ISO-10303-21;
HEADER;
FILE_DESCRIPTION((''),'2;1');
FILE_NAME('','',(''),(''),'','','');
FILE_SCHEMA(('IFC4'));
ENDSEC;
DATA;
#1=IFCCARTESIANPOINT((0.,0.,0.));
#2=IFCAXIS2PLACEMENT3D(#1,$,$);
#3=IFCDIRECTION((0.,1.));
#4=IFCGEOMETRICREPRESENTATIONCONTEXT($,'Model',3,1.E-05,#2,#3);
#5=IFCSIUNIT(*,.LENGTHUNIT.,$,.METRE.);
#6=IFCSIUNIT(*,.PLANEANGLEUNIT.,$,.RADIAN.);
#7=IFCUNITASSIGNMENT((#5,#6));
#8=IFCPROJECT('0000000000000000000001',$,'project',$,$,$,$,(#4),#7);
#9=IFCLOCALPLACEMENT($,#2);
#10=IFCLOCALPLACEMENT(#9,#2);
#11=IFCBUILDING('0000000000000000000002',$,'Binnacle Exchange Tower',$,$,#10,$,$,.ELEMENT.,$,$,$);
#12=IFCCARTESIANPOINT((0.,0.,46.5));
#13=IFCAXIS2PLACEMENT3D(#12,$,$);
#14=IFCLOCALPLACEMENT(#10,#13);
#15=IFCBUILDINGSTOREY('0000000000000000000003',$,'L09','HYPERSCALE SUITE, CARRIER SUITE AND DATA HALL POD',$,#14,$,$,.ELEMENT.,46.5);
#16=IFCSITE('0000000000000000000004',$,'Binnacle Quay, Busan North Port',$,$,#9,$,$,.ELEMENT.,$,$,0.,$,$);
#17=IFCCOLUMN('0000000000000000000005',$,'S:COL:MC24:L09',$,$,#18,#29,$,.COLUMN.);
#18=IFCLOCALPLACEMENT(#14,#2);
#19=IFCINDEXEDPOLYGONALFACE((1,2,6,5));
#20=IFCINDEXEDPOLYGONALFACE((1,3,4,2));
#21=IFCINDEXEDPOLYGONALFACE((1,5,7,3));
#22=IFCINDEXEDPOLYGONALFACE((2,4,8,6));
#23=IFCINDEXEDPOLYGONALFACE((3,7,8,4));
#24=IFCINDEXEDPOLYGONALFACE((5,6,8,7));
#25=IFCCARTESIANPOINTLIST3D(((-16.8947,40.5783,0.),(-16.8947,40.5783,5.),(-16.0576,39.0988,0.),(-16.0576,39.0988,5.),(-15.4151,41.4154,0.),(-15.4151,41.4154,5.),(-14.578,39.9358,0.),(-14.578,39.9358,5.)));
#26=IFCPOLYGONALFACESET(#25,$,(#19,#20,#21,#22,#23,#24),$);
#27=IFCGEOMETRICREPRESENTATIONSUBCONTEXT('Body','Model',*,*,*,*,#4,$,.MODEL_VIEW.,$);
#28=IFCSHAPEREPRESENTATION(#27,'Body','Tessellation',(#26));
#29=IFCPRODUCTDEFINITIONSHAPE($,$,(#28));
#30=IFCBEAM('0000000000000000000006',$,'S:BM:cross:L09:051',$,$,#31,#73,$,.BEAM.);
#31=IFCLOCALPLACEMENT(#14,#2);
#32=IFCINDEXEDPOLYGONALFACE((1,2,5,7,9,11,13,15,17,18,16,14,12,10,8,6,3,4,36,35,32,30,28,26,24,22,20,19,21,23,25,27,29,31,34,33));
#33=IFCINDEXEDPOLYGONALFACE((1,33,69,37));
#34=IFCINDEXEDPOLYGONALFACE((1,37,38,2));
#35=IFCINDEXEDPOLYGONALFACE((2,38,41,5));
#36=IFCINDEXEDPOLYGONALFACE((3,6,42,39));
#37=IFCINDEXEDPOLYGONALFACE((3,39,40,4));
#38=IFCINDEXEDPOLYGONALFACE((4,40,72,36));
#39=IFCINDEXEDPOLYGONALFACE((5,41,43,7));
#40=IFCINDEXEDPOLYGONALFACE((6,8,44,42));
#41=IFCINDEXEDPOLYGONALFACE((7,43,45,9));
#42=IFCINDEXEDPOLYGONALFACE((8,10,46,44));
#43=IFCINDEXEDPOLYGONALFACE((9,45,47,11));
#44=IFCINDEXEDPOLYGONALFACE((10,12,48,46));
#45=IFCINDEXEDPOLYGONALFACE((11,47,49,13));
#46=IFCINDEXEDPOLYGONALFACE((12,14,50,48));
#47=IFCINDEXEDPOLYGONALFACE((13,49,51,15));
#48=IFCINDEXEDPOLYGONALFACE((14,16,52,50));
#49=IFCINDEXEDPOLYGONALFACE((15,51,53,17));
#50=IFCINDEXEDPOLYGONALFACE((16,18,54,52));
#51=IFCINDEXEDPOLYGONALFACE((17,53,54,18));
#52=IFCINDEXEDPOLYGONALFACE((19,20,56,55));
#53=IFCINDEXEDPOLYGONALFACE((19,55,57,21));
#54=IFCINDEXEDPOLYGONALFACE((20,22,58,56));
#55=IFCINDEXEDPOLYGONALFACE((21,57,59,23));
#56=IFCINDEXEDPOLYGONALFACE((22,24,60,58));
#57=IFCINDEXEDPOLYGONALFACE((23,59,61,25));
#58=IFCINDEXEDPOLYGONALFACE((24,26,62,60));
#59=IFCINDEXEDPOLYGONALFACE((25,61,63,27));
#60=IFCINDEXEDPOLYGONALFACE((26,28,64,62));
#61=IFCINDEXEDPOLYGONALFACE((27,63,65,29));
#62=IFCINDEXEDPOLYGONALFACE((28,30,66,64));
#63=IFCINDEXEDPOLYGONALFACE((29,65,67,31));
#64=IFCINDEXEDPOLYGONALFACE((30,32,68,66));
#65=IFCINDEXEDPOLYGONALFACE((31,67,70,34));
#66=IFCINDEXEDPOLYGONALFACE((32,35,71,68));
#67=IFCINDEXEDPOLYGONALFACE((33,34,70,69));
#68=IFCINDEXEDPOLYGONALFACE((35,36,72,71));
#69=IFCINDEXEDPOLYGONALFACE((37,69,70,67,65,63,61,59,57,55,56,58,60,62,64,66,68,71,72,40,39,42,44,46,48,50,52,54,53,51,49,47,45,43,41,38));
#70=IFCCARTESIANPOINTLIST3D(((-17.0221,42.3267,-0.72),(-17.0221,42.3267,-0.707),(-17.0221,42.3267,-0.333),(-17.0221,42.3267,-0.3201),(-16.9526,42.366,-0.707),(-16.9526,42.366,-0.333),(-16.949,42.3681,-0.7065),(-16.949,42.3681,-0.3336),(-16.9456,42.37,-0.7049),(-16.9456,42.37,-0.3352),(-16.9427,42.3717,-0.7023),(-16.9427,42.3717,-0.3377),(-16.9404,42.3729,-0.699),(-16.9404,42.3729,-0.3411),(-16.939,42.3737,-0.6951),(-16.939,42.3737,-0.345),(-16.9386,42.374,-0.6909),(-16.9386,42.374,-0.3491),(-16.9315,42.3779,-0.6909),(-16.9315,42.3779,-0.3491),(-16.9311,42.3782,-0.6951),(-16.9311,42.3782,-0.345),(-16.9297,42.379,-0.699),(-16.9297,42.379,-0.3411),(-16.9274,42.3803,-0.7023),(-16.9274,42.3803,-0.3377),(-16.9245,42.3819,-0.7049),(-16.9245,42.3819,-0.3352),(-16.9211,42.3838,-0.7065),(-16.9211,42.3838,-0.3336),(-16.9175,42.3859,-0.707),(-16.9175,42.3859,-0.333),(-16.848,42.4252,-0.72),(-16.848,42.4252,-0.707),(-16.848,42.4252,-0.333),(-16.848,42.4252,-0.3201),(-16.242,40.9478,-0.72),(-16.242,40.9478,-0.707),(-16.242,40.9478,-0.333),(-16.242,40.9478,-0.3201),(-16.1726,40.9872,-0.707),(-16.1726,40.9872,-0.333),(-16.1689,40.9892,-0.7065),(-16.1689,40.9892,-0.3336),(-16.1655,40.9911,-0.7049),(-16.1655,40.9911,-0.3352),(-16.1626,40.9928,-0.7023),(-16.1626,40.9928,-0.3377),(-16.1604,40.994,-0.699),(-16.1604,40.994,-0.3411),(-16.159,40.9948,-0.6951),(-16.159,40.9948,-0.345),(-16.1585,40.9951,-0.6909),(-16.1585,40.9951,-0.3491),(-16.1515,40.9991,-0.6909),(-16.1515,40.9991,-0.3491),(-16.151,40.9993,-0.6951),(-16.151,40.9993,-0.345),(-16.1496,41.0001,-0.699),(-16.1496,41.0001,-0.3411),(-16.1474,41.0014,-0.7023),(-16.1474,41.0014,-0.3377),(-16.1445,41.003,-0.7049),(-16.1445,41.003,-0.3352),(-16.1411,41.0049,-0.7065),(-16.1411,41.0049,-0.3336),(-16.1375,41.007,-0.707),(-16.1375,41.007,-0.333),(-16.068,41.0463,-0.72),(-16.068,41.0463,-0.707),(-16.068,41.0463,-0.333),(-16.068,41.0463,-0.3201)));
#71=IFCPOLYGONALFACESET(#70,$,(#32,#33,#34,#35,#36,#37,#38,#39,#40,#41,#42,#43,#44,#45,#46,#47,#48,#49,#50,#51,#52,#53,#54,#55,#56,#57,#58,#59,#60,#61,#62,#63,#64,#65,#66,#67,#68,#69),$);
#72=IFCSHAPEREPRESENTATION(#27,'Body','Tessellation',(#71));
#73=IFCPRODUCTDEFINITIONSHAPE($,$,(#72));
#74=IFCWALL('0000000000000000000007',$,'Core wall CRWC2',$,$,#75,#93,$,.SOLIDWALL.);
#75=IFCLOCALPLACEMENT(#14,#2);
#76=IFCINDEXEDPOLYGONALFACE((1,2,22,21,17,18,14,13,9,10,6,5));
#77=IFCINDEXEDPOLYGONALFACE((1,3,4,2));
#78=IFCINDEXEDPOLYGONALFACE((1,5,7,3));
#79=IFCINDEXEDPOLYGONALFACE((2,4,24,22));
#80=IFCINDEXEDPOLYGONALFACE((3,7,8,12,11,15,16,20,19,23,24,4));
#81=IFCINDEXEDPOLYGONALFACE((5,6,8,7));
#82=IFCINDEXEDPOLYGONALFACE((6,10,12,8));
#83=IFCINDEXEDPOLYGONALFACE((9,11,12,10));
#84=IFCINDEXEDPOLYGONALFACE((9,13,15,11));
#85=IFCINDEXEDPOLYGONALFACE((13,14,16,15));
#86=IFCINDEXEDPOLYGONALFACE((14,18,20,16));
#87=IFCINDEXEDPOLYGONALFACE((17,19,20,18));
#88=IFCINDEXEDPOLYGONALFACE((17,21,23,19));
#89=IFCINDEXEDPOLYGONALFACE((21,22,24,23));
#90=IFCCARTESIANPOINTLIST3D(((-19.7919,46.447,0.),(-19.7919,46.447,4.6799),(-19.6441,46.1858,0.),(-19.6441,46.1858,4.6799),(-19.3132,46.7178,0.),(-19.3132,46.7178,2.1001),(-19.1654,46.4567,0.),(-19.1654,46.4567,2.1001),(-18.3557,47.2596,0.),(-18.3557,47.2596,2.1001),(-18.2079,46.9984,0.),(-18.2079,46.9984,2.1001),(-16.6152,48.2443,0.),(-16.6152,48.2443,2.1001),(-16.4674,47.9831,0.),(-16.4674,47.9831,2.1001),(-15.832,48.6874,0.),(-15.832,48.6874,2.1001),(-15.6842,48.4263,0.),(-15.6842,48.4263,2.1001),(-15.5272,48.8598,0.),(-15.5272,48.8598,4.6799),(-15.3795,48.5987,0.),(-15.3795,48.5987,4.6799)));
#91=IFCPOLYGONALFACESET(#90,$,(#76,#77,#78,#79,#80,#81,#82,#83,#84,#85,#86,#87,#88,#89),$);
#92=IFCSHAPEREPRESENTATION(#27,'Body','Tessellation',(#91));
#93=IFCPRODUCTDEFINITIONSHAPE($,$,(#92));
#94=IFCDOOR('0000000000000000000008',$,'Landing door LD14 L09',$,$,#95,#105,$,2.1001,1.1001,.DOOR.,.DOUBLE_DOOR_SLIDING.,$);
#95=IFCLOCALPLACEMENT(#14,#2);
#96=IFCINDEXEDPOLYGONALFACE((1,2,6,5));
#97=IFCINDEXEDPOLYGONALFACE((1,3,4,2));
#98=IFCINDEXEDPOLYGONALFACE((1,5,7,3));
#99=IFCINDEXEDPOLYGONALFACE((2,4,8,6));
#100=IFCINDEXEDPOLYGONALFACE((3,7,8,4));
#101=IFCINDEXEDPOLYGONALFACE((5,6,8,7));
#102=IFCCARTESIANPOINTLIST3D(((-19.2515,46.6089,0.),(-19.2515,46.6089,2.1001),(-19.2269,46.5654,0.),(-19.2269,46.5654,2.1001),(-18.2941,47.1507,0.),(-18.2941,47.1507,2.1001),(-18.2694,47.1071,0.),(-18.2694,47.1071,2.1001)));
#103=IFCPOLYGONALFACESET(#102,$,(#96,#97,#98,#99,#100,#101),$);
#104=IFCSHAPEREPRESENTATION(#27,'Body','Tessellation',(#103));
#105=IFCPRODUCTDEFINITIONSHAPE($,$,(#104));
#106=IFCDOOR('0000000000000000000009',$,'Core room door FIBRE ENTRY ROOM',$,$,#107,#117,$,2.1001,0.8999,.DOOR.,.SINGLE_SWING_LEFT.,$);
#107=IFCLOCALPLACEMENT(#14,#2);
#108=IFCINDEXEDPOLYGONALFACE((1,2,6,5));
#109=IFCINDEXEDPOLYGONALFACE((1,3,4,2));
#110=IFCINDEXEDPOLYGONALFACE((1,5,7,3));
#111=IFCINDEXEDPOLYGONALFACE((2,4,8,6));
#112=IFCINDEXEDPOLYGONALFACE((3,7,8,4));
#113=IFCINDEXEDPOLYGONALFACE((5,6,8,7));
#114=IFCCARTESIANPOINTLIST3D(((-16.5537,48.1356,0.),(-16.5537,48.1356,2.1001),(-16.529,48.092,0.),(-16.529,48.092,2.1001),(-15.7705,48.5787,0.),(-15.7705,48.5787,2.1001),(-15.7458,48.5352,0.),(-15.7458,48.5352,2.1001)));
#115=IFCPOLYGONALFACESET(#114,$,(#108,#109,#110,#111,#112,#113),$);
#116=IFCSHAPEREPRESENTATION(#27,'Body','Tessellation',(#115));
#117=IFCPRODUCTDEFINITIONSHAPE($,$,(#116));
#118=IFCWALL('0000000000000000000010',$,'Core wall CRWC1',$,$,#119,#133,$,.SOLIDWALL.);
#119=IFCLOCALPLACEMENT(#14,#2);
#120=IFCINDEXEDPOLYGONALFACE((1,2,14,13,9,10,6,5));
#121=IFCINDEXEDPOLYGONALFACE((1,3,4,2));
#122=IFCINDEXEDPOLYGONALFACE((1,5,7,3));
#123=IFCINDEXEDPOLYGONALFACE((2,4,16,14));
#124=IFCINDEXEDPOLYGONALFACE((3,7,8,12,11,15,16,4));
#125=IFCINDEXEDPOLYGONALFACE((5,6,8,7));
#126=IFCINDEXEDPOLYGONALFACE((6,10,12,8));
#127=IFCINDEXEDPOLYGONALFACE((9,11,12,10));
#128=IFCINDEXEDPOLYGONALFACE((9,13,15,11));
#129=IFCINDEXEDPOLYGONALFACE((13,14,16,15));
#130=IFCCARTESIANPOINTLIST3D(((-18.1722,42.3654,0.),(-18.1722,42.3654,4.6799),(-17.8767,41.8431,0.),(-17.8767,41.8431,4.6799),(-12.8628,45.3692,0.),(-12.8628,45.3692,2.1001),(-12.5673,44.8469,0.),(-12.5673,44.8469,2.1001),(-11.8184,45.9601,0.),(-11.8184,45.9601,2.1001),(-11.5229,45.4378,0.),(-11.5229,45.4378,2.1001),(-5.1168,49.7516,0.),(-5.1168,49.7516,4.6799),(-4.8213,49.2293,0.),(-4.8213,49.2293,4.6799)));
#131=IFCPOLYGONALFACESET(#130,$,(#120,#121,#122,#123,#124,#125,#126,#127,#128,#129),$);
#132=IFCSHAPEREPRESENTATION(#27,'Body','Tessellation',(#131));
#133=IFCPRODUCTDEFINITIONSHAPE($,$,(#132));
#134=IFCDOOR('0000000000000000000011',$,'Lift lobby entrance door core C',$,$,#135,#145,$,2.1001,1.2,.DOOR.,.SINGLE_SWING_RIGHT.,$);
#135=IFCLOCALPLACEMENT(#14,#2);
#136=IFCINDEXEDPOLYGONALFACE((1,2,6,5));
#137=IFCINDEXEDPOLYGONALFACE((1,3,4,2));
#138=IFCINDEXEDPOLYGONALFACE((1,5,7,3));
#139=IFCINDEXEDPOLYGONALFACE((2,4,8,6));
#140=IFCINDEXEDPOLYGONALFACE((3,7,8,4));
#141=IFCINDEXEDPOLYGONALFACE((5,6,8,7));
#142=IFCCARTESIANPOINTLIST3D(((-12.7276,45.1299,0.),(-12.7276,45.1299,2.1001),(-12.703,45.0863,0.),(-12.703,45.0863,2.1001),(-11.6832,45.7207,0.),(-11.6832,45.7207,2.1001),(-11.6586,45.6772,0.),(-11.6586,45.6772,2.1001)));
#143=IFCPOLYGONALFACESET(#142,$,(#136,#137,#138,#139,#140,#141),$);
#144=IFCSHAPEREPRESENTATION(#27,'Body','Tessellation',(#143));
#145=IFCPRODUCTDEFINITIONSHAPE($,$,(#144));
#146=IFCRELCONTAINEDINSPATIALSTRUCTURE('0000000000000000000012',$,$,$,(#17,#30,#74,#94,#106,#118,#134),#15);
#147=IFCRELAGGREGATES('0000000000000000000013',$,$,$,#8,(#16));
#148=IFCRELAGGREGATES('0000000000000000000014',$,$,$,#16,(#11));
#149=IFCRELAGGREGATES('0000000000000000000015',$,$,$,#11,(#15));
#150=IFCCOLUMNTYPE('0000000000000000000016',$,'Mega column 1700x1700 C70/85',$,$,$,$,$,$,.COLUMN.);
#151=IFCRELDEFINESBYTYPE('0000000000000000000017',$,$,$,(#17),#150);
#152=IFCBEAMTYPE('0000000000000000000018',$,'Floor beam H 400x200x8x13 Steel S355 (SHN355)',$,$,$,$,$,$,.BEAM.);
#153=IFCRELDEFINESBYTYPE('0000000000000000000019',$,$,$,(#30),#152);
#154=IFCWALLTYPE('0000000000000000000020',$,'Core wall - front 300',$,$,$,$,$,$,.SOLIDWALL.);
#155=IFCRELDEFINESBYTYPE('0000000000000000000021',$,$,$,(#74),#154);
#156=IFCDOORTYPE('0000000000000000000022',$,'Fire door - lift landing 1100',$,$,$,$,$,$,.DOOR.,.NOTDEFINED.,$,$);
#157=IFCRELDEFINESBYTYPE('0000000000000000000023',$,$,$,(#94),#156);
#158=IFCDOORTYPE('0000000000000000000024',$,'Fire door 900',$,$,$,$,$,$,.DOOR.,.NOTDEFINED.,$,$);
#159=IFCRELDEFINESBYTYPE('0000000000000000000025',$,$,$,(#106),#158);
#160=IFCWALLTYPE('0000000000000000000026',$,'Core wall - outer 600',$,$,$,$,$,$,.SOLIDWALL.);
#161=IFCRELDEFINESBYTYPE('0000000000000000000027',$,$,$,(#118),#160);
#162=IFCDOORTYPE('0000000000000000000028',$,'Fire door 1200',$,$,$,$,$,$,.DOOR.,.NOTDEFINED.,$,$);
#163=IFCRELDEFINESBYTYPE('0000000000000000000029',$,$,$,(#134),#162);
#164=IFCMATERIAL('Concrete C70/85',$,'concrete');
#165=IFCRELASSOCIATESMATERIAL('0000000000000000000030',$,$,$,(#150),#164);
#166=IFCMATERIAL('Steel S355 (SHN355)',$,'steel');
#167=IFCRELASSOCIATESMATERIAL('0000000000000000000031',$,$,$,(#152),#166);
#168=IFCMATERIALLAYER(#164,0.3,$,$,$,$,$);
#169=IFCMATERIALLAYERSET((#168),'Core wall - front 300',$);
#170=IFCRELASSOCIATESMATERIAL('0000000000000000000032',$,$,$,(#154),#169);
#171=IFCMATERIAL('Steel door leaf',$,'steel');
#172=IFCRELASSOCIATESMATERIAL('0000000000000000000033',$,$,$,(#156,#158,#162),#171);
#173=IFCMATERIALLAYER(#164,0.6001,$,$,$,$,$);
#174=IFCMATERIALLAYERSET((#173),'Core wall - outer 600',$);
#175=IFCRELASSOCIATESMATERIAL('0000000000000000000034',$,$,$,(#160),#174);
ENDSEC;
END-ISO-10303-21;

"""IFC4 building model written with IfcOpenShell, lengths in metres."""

from ifc_helpers import new_model, si_unit, direction, frame, frame_2d, origin, origin_2d, place, context, subcontext, project, spatial, rectangle, i_section, extrude, material, layer, layer_set, material_profile, profile_set, type_object, element, fill, save


model = new_model("IFC4")

# Units and contexts
model_context = context("Model", 3, precision=1e-05, world=origin(), true_north=direction((0.0, 1.0)))
body_context = subcontext(model_context, "Body", "Model", "MODEL_VIEW")
ifc_project = project(units=[si_unit("LENGTHUNIT", "METRE"), si_unit("PLANEANGLEUNIT", "RADIAN")], contexts=[model_context])

# Site, building, storey
site_placement = place(None, origin())
site = spatial("IfcSite", under=ifc_project, at=site_placement, Name="Binnacle Quay, Busan North Port", CompositionType="ELEMENT", RefElevation=0.0)
building_placement = place(site_placement, origin())
building = spatial("IfcBuilding", under=site, at=building_placement, Name="Binnacle Exchange Tower", CompositionType="ELEMENT")
storey_placement = place(building_placement, frame((0.0, 0.0, 46.5)))
storey = spatial("IfcBuildingStorey", under=building, at=storey_placement, Name="L09", Description="HYPERSCALE SUITE, CARRIER SUITE AND DATA HALL POD", CompositionType="ELEMENT", Elevation=46.5)

# Column
ifc_material_1 = material(Name="Concrete C70/85", Category="concrete")
ifc_material_profile_1 = material_profile(ifc_material_1, rectangle(XDim=1.7, YDim=1.7, at=origin_2d()), Name="Mega column 1700x1700 C70/85")
ifc_profile_set_1 = profile_set([ifc_material_profile_1], Name="Concrete C70/85")
column_type = type_object("IfcColumnType", Name="Mega column 1700x1700 C70/85", PredefinedType="COLUMN", material=ifc_profile_set_1)
column_placement = place(storey_placement, frame((-15.7363, 40.2571, 0.0), z_axis=(0.0, 0.0, 1.0), x_axis=(0.870356, 0.492424, 0.0)))
element("IfcColumn", 1, at=column_placement, inside=storey, type_object=column_type, Name="S:COL:MC24:L09", PredefinedType="COLUMN", context=body_context, shape_type="SweptSolid", body=[
    extrude(rectangle(XDim=1.7, YDim=1.7, at=origin_2d()), origin(), (0.0, 0.0, 1.0), 5.0),
])

# Beam
ifc_material_2 = material(Name="Steel S355 (SHN355)", Category="steel")
ifc_material_profile_2 = material_profile(ifc_material_2, i_section(OverallWidth=0.2, OverallDepth=0.3999, WebThickness=0.0081, FlangeThickness=0.0129, FilletRadius=0.0161, at=origin_2d()), Name="H 400x200x8x13")
ifc_profile_set_2 = profile_set([ifc_material_profile_2], Name="Steel S355 (SHN355)")
beam_type = type_object("IfcBeamType", Name="Floor beam H 400x200x8x13 Steel S355 (SHN355)", PredefinedType="BEAM", material=ifc_profile_set_2)
beam_placement = place(storey_placement, frame((-16.155, 40.9971, -0.52), z_axis=(-0.492367, 0.870388, 0.0), x_axis=(-0.870388, -0.492367, 0.0)))
element("IfcBeam", 2, at=beam_placement, inside=storey, type_object=beam_type, Name="S:BM:cross:L09:051", PredefinedType="BEAM", context=body_context, shape_type="SweptSolid", body=[
    extrude(i_section(OverallWidth=0.2, OverallDepth=0.3999, WebThickness=0.0081, FlangeThickness=0.0129, FilletRadius=0.0161, at=origin_2d()), origin(), (0.0, 0.0, 1.0), 1.5842),
])

# Wall, openings, doors
ifc_layer_1 = layer(ifc_material_1, 0.3)
ifc_layer_set_1 = layer_set([ifc_layer_1], Name="Core wall - front 300")
wall_type_1 = type_object("IfcWallType", Name="Core wall - front 300", PredefinedType="SOLIDWALL", material=ifc_layer_set_1)
wall_1_placement = place(storey_placement, frame((-19.718, 46.3164, 0.0), z_axis=(0.0, 0.0, 1.0), x_axis=(0.870354, 0.492427, 0.0)))
wall_1 = element("IfcWall", 3, at=wall_1_placement, inside=storey, type_object=wall_type_1, Name="Core wall CRWC2", PredefinedType="SOLIDWALL", context=body_context, shape_type="SweptSolid", body=[
    extrude(rectangle(XDim=4.8999, YDim=0.3, at=frame_2d((2.45, 0.0))), origin(), (0.0, 0.0, 1.0), 4.6799),
])
opening_1_placement = place(wall_1_placement, frame((0.55, 0.0, 0.0)))
opening_1 = element("IfcOpeningElement", 4, at=opening_1_placement, cuts=wall_1, PredefinedType="OPENING", context=body_context, shape_type="SweptSolid", body=[
    extrude(rectangle(XDim=1.1001, YDim=2.1001, at=frame_2d((0.55, 1.05))), frame((0.0, 0.1599, 0.0), z_axis=(0.0, -1.0, 0.0), x_axis=(1.0, 0.0, 0.0)), (0.0, 0.0, 1.0), 0.3201),
])
opening_2_placement = place(wall_1_placement, frame((3.6499, 0.0, 0.0)))
opening_2 = element("IfcOpeningElement", 5, at=opening_2_placement, cuts=wall_1, PredefinedType="OPENING", context=body_context, shape_type="SweptSolid", body=[
    extrude(rectangle(XDim=0.8999, YDim=2.1001, at=frame_2d((0.45, 1.05))), frame((0.0, 0.1599, 0.0), z_axis=(0.0, -1.0, 0.0), x_axis=(1.0, 0.0, 0.0)), (0.0, 0.0, 1.0), 0.3201),
])
ifc_material_3 = material(Name="Steel door leaf", Category="steel")
door_type_1 = type_object("IfcDoorType", Name="Fire door - lift landing 1100", OperationType="NOTDEFINED", PredefinedType="DOOR", material=ifc_material_3)
door_1_placement = place(opening_1_placement, origin())
door_1 = element("IfcDoor", 6, at=door_1_placement, inside=storey, type_object=door_type_1, Name="Landing door LD14 L09", OperationType="DOUBLE_DOOR_SLIDING", OverallHeight=2.1001, OverallWidth=1.1001, PredefinedType="DOOR", context=body_context, shape_type="SweptSolid", body=[
    extrude(rectangle(XDim=1.1001, YDim=2.1001, at=frame_2d((0.55, 1.05))), frame((0.0, 0.0249, 0.0), z_axis=(0.0, -1.0, 0.0), x_axis=(1.0, 0.0, 0.0)), (0.0, 0.0, 1.0), 0.05),
])
fill(opening_1, door_1)
door_type_2 = type_object("IfcDoorType", Name="Fire door 900", OperationType="NOTDEFINED", PredefinedType="DOOR", material=ifc_material_3)
door_2_placement = place(opening_2_placement, frame((0.8999, 0.0, 0.0), z_axis=(0.0, 0.0, 1.0), x_axis=(-1.0, 0.0, 0.0)))
door_2 = element("IfcDoor", 7, at=door_2_placement, inside=storey, type_object=door_type_2, Name="Core room door FIBRE ENTRY ROOM", OperationType="SINGLE_SWING_LEFT", OverallHeight=2.1001, OverallWidth=0.8999, PredefinedType="DOOR", context=body_context, shape_type="SweptSolid", body=[
    extrude(rectangle(XDim=0.8999, YDim=2.1001, at=frame_2d((0.45, 1.05))), frame((0.0, 0.0249, 0.0), z_axis=(0.0, -1.0, 0.0), x_axis=(1.0, 0.0, 0.0)), (0.0, 0.0, 1.0), 0.05),
])
fill(opening_2, door_2)

# Wall, opening, door
ifc_layer_2 = layer(ifc_material_1, 0.6001)
ifc_layer_set_2 = layer_set([ifc_layer_2], Name="Core wall - outer 600")
wall_type_2 = type_object("IfcWallType", Name="Core wall - outer 600", PredefinedType="SOLIDWALL", material=ifc_layer_set_2)
wall_2_placement = place(storey_placement, frame((-18.0244, 42.1042, 0.0), z_axis=(0.0, 0.0, 1.0), x_axis=(0.870361, 0.492415, 0.0)))
wall_2 = element("IfcWall", 8, at=wall_2_placement, inside=storey, type_object=wall_type_2, Name="Core wall CRWC1", PredefinedType="SOLIDWALL", context=body_context, shape_type="SweptSolid", body=[
    extrude(rectangle(XDim=15.0, YDim=0.6001, at=frame_2d((7.5, 0.0))), origin(), (0.0, 0.0, 1.0), 4.6799),
])
opening_3_placement = place(wall_2_placement, frame((6.1001, 0.0, 0.0)))
opening_3 = element("IfcOpeningElement", 9, at=opening_3_placement, cuts=wall_2, PredefinedType="OPENING", context=body_context, shape_type="SweptSolid", body=[
    extrude(rectangle(XDim=1.2, YDim=2.1001, at=frame_2d((0.6001, 1.05))), frame((0.0, 0.3101, 0.0), z_axis=(0.0, -1.0, 0.0), x_axis=(1.0, 0.0, 0.0)), (0.0, 0.0, 1.0), 0.6201),
])
door_type_3 = type_object("IfcDoorType", Name="Fire door 1200", OperationType="NOTDEFINED", PredefinedType="DOOR", material=ifc_material_3)
door_3_placement = place(opening_3_placement, frame((1.2, 0.0, 0.0), z_axis=(0.0, 0.0, 1.0), x_axis=(-1.0, 0.0, 0.0)))
door_3 = element("IfcDoor", 10, at=door_3_placement, inside=storey, type_object=door_type_3, Name="Lift lobby entrance door core C", OperationType="SINGLE_SWING_RIGHT", OverallHeight=2.1001, OverallWidth=1.2, PredefinedType="DOOR", context=body_context, shape_type="SweptSolid", body=[
    extrude(rectangle(XDim=1.2, YDim=2.1001, at=frame_2d((0.6001, 1.05))), frame((0.0, 0.0249, 0.0), z_axis=(0.0, -1.0, 0.0), x_axis=(1.0, 0.0, 0.0)), (0.0, 0.0, 1.0), 0.05),
])
fill(opening_3, door_3)

save(model, "model.ifc")
